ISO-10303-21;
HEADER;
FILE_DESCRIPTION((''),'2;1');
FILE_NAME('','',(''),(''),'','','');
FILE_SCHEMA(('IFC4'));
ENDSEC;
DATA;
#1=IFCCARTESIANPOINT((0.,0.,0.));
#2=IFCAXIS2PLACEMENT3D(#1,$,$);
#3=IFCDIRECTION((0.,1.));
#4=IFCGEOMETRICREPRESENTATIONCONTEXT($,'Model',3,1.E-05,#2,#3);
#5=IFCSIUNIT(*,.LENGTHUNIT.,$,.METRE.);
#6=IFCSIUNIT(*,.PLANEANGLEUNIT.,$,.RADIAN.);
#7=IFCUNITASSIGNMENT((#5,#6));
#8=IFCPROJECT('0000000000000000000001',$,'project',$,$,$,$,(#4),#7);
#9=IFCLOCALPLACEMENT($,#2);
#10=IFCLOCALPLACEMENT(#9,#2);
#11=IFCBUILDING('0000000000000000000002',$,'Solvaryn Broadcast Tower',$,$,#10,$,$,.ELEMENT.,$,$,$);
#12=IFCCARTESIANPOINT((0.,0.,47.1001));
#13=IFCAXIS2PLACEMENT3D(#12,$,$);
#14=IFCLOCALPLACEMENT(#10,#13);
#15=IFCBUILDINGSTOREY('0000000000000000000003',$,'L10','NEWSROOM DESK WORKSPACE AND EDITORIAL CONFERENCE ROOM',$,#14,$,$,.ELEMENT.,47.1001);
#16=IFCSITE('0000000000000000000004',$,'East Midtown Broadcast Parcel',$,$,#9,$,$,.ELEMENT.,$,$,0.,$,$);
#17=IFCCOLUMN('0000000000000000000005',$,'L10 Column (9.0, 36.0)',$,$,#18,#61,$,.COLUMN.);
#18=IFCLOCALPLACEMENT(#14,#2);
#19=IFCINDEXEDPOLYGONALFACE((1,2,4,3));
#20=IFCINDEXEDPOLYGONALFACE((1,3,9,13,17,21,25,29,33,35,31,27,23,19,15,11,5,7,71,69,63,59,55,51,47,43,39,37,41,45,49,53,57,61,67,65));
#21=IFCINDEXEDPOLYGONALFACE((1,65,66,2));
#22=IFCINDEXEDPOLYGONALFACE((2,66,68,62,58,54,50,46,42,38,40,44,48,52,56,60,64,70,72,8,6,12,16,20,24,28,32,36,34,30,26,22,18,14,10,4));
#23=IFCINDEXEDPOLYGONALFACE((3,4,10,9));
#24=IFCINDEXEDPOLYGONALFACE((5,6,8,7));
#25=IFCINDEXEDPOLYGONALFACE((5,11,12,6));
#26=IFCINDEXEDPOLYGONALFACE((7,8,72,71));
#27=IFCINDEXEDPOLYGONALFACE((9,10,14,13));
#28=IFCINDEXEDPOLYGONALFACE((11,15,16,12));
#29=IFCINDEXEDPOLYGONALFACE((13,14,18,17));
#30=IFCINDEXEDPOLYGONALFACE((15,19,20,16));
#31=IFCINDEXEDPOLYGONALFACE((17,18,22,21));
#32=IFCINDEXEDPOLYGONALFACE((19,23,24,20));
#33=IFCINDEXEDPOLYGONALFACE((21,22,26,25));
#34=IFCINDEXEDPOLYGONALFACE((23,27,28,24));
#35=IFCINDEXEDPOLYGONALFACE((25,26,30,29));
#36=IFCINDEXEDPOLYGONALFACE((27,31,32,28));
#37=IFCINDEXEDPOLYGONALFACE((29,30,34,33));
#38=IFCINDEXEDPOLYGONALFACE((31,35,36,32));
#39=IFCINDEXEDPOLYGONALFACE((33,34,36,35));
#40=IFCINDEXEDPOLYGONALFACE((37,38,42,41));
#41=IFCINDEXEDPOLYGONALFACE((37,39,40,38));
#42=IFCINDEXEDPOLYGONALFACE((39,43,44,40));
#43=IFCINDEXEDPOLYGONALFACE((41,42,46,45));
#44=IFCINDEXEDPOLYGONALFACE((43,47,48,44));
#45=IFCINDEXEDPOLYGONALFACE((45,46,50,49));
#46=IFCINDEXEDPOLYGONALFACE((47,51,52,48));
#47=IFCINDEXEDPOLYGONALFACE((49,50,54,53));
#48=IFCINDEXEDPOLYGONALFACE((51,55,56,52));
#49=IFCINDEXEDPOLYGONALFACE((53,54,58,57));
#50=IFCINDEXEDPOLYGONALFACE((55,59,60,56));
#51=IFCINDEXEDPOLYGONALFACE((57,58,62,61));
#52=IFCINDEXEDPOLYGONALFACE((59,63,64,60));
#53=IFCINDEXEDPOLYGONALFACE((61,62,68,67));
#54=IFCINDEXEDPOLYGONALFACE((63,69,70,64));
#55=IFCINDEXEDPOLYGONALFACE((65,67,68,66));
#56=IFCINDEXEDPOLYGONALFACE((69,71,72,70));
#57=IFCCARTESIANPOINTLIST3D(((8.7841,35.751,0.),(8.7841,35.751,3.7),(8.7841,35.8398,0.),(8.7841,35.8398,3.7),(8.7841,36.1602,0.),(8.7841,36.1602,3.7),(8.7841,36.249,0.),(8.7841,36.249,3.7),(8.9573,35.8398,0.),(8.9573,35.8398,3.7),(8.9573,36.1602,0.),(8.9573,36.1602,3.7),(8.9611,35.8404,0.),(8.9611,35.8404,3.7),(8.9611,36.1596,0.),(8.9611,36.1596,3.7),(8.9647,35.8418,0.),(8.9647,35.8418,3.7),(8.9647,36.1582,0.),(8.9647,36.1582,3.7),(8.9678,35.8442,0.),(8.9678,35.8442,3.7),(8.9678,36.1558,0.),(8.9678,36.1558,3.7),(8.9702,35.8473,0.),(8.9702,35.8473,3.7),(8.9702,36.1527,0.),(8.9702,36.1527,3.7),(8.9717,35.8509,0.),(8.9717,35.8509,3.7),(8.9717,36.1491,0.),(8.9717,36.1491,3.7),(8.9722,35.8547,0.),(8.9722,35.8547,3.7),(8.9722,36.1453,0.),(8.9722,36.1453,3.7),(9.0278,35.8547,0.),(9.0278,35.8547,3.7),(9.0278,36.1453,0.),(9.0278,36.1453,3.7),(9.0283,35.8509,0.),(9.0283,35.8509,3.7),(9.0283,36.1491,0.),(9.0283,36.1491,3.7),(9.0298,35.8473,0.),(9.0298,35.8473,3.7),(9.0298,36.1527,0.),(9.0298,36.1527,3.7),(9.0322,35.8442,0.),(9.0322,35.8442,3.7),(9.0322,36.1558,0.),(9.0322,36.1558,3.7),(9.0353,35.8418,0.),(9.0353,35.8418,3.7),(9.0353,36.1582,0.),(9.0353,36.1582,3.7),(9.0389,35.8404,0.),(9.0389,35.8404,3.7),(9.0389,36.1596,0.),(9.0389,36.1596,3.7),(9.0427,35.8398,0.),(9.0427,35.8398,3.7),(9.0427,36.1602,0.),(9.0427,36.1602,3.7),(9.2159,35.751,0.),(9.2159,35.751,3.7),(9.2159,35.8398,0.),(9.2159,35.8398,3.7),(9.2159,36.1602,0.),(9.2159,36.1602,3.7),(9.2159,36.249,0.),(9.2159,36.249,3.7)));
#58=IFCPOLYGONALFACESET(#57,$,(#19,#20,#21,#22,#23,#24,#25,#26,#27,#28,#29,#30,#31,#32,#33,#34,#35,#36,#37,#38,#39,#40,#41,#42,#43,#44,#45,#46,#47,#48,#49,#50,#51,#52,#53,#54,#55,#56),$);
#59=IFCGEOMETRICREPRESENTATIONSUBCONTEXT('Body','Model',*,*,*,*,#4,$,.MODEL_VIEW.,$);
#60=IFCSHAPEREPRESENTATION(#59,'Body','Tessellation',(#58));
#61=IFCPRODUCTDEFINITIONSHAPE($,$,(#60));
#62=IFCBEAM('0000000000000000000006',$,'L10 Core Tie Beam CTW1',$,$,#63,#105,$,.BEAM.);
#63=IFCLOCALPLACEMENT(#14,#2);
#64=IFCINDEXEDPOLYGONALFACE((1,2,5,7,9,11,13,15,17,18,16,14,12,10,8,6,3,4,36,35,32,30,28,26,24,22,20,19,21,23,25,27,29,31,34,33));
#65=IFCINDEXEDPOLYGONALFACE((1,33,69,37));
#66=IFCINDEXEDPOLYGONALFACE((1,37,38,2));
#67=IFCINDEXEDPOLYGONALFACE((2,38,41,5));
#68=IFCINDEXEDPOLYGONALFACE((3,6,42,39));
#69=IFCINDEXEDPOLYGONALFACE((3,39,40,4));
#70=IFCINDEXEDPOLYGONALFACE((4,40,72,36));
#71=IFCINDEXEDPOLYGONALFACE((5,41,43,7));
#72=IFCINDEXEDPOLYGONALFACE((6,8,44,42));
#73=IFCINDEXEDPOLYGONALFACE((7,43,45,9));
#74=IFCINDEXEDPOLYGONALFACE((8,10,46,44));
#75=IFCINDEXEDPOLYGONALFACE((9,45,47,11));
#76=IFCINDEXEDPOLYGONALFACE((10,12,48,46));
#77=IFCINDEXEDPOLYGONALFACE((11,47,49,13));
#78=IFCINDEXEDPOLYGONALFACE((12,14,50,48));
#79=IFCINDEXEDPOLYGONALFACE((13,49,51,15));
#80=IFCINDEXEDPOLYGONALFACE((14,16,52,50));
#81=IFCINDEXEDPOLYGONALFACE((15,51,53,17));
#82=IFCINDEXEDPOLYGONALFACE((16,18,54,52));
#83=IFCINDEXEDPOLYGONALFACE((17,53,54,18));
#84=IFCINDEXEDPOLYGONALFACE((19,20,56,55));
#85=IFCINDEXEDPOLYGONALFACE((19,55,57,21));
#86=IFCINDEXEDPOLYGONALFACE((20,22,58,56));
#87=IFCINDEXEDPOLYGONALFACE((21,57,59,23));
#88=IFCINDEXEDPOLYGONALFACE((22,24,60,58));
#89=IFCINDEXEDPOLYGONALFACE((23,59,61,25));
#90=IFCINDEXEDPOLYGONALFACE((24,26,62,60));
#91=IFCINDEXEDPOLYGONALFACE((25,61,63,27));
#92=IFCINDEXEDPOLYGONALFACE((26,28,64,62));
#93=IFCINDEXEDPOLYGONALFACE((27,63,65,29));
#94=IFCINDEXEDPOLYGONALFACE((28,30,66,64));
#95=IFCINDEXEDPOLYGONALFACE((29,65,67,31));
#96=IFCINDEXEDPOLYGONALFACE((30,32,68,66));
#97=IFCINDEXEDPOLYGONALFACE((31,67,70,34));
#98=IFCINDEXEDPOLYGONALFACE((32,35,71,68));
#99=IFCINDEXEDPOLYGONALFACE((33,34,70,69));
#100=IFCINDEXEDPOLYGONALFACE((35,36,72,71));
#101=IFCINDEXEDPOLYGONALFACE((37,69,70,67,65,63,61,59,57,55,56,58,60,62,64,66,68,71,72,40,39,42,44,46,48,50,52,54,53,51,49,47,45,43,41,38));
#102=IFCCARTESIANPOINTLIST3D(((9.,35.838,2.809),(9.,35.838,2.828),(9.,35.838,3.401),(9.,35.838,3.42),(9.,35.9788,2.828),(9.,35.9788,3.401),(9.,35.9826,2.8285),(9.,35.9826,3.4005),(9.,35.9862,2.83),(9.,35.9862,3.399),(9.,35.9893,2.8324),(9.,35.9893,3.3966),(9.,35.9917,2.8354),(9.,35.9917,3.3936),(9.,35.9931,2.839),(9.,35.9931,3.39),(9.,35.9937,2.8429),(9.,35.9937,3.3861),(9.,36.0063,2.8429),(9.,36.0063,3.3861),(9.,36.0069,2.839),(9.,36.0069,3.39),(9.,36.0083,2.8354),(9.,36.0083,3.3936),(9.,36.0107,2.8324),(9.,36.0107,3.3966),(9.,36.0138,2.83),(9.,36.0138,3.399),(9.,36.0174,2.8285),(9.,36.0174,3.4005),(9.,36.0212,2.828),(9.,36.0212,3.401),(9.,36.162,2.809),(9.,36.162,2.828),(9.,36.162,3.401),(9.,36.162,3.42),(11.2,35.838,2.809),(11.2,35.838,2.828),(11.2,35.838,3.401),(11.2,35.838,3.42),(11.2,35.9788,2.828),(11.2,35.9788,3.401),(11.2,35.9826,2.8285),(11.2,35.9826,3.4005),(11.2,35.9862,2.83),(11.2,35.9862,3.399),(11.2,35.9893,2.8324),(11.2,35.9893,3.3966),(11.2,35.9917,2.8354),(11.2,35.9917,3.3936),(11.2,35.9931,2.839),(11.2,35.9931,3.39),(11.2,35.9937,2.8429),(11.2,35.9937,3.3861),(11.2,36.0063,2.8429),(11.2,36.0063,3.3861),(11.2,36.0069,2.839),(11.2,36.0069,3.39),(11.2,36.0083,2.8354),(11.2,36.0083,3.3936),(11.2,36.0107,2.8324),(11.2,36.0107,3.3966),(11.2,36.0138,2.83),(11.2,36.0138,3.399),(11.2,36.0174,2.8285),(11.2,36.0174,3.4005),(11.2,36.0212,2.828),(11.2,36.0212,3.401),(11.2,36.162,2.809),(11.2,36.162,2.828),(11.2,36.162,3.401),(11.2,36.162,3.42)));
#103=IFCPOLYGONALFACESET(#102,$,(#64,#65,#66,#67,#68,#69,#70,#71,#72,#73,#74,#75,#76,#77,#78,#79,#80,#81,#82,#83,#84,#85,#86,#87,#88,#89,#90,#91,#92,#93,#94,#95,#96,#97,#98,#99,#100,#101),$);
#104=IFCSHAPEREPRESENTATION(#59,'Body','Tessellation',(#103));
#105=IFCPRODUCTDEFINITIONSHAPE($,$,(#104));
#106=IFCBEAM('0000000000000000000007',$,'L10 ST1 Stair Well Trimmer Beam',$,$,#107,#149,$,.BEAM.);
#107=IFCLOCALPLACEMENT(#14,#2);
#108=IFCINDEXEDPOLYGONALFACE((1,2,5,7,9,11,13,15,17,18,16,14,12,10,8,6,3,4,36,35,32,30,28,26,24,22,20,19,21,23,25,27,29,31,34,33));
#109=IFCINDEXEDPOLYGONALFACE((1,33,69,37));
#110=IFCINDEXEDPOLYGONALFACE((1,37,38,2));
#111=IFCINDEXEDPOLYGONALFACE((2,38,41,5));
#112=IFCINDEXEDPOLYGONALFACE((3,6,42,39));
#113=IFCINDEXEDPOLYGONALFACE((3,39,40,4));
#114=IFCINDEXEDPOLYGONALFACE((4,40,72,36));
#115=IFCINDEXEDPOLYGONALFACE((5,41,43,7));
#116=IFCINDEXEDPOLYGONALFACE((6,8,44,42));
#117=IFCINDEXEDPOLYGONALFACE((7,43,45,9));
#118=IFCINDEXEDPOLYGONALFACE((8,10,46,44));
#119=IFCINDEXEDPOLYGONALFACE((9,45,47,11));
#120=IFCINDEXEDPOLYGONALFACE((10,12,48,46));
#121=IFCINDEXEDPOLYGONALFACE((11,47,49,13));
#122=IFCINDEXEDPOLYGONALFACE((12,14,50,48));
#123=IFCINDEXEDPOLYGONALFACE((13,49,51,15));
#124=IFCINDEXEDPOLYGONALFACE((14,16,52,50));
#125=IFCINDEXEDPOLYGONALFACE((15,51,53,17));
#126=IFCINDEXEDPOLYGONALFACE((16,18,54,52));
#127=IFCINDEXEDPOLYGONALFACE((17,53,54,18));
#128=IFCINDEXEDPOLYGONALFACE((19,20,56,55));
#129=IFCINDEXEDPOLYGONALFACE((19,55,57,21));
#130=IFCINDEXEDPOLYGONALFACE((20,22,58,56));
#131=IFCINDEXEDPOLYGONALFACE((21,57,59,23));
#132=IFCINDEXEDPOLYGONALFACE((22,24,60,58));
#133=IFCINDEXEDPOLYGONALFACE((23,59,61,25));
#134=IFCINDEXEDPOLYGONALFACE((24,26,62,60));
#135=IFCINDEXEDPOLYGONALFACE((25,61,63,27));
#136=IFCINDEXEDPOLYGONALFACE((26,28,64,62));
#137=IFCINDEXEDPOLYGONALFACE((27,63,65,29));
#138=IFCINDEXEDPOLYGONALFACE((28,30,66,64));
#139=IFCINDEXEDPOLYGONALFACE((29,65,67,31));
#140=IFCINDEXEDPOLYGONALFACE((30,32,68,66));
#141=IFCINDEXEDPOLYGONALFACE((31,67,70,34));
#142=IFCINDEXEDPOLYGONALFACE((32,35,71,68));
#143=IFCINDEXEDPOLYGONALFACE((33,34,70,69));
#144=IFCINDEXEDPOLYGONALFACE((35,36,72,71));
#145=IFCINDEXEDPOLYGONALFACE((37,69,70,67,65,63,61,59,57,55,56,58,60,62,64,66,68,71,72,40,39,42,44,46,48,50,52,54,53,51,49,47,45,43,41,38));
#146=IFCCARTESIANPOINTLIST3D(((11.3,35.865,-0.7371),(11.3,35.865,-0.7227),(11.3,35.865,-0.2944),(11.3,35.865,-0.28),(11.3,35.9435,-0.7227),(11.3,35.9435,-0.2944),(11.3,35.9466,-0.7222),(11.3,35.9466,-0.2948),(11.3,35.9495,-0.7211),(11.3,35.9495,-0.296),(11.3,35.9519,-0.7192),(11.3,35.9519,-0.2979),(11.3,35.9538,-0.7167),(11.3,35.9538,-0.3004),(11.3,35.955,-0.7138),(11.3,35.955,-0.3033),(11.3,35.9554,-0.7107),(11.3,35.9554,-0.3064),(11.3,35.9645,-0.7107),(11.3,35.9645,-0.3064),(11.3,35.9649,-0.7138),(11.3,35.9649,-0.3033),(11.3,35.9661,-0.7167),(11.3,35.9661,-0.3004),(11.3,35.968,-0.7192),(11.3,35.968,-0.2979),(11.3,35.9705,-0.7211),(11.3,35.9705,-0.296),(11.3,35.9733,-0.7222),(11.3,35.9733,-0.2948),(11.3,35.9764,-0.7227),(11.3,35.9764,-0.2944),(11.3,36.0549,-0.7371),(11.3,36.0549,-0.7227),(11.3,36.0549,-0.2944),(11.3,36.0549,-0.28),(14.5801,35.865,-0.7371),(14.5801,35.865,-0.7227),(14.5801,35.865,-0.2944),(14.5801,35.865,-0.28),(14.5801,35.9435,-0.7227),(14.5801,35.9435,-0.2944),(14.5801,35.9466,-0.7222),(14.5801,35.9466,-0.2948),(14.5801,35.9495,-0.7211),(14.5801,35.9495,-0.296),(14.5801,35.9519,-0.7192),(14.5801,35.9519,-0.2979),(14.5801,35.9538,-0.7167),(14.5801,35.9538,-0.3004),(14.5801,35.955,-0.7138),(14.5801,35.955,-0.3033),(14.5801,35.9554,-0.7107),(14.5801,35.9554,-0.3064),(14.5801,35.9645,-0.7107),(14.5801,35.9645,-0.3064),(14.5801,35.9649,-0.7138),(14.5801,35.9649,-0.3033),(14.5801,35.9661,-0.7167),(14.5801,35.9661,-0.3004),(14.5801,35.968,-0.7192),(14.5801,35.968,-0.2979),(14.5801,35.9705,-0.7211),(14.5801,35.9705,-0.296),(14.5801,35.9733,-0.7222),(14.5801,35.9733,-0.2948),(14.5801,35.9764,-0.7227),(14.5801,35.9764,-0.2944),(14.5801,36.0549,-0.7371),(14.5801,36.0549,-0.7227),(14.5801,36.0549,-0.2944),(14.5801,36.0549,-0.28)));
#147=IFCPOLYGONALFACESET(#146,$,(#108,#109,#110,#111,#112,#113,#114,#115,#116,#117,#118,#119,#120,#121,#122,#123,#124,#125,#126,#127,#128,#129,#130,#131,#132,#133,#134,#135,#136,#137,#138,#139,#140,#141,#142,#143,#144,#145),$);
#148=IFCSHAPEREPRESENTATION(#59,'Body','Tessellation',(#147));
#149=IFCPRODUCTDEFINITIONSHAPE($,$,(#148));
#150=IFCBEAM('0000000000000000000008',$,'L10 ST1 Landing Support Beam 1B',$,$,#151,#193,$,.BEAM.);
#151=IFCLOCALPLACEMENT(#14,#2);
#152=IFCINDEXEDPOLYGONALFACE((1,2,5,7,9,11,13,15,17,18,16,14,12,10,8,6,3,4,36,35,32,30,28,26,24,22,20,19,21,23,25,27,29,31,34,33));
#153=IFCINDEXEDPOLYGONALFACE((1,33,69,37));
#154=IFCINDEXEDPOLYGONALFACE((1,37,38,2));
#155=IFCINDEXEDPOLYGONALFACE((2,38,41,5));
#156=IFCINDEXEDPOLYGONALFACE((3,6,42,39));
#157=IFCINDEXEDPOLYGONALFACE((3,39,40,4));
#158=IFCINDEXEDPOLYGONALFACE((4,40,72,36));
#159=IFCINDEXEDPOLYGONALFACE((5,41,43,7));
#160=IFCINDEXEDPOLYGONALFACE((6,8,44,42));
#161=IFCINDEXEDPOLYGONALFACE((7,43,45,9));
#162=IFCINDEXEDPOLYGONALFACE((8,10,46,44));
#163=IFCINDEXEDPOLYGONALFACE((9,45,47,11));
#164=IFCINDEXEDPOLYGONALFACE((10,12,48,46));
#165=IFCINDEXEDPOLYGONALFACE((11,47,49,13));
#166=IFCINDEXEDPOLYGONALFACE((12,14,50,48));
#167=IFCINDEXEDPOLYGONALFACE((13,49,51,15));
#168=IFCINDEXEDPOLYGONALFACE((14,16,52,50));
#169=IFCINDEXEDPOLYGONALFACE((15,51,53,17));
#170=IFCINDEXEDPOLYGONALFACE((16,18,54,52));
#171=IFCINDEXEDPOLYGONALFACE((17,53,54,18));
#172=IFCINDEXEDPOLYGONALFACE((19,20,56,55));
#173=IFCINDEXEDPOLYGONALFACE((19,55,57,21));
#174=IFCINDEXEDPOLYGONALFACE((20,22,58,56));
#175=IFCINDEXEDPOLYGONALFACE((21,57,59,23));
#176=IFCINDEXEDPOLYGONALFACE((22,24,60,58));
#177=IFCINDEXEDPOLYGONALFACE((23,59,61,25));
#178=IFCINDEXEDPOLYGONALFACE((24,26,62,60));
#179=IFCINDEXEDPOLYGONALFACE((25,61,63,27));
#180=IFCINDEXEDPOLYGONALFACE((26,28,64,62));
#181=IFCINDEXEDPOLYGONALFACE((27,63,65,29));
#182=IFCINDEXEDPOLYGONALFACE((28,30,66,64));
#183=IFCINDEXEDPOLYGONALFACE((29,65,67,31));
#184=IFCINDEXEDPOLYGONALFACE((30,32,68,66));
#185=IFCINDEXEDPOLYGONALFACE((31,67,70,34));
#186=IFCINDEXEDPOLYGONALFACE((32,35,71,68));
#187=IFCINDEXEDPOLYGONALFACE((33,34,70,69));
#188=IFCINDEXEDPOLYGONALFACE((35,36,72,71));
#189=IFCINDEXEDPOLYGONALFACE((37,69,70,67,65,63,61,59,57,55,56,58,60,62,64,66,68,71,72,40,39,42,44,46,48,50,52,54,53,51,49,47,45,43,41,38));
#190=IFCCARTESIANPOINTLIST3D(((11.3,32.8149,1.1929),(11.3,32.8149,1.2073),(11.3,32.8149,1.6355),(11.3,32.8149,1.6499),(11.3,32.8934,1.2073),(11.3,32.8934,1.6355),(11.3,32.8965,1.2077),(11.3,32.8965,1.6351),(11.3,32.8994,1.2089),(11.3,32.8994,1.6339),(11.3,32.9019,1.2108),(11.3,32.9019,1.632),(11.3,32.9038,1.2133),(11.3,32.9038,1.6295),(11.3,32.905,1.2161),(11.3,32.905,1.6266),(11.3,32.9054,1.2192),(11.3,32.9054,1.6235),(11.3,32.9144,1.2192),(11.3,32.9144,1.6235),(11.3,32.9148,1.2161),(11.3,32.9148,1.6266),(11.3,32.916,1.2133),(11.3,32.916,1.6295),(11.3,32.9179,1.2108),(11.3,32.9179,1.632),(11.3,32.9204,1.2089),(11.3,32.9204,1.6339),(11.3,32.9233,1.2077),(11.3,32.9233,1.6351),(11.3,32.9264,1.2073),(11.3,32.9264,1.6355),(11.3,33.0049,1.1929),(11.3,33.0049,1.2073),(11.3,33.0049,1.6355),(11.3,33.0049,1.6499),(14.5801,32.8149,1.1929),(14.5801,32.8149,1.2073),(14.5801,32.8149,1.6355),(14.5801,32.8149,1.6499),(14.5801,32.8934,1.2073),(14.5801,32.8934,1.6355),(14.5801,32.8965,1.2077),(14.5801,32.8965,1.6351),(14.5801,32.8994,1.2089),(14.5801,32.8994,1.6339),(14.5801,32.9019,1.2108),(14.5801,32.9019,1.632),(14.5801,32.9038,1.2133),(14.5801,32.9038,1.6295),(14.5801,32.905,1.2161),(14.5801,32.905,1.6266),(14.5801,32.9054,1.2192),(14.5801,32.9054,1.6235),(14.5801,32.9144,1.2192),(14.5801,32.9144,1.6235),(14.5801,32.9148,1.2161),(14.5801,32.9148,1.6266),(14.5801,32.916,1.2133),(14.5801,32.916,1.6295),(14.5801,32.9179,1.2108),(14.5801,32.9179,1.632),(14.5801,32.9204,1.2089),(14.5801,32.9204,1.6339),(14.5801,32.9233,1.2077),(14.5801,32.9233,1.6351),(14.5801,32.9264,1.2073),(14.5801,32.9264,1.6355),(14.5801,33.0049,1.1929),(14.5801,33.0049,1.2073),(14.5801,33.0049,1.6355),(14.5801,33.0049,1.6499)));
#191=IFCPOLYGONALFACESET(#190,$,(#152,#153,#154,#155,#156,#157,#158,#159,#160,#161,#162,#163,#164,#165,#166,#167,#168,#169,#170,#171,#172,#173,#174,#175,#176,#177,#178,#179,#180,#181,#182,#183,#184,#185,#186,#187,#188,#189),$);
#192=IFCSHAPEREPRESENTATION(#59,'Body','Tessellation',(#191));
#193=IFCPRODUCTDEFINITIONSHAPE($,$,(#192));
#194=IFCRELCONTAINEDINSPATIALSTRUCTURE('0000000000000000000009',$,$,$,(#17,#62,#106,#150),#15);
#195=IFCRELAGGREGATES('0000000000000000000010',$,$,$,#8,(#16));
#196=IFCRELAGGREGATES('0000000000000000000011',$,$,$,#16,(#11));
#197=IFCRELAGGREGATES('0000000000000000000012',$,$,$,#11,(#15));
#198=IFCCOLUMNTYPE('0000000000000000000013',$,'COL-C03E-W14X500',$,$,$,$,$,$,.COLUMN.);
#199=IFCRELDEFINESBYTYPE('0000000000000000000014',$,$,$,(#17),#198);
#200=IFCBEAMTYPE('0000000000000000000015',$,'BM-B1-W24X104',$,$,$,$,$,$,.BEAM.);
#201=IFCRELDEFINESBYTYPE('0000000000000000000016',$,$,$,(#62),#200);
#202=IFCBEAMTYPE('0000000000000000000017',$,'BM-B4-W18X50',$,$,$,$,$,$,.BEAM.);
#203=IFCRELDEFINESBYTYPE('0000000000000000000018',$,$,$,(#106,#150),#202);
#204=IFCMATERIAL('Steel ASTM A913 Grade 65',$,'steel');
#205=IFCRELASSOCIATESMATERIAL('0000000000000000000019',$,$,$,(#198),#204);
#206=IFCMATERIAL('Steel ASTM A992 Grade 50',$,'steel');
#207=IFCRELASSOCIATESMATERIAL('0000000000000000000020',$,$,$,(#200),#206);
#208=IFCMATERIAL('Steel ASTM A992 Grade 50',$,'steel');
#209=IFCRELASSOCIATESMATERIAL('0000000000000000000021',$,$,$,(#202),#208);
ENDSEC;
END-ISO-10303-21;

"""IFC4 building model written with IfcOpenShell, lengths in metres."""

from ifc_helpers import new_model, si_unit, direction, frame, origin, origin_2d, place, context, subcontext, project, spatial, i_section, extrude, material, material_profile, profile_set, type_object, element, save


model = new_model("IFC4")

# Units and contexts
model_context = context("Model", 3, precision=1e-05, world=origin(), true_north=direction((0.0, 1.0)))
body_context = subcontext(model_context, "Body", "Model", "MODEL_VIEW")
ifc_project = project(units=[si_unit("LENGTHUNIT", "METRE"), si_unit("PLANEANGLEUNIT", "RADIAN")], contexts=[model_context])

# Site, building, storey
site_placement = place(None, origin())
site = spatial("IfcSite", under=ifc_project, at=site_placement, Name="East Midtown Broadcast Parcel", CompositionType="ELEMENT", RefElevation=0.0)
building_placement = place(site_placement, origin())
building = spatial("IfcBuilding", under=site, at=building_placement, Name="Solvaryn Broadcast Tower", CompositionType="ELEMENT")
storey_placement = place(building_placement, frame((0.0, 0.0, 47.1001)))
storey = spatial("IfcBuildingStorey", under=building, at=storey_placement, Name="L10", Description="NEWSROOM DESK WORKSPACE AND EDITORIAL CONFERENCE ROOM", CompositionType="ELEMENT", Elevation=47.1001)

# Column
ifc_material_1 = material(Name="Steel ASTM A913 Grade 65", Category="steel")
ifc_material_profile_1 = material_profile(ifc_material_1, i_section(OverallWidth=0.4319, OverallDepth=0.498, WebThickness=0.0557, FlangeThickness=0.0889, FilletRadius=0.0149, at=origin_2d()))
ifc_profile_set_1 = profile_set([ifc_material_profile_1], Name="Steel ASTM A913 Grade 65")
column_type = type_object("IfcColumnType", Name="COL-C03E-W14X500", PredefinedType="COLUMN", material=ifc_profile_set_1)
column_placement = place(storey_placement, frame((9.0, 36.0, 0.0), z_axis=(0.0, 0.0, 1.0), x_axis=(1.0, 0.0, 0.0)))
element("IfcColumn", 1, at=column_placement, inside=storey, type_object=column_type, Name="L10 Column (9.0, 36.0)", PredefinedType="COLUMN", context=body_context, shape_type="SweptSolid", body=[
    extrude(i_section(OverallWidth=0.4319, OverallDepth=0.498, WebThickness=0.0557, FlangeThickness=0.0889, FilletRadius=0.0149, at=origin_2d()), origin(), (0.0, 0.0, 1.0), 3.7),
])

# Beams
ifc_material_2 = material(Name="Steel ASTM A992 Grade 50", Category="steel")
ifc_material_profile_2 = material_profile(ifc_material_2, i_section(OverallWidth=0.324, OverallDepth=0.6111, WebThickness=0.0127, FlangeThickness=0.019, FilletRadius=0.0149, at=origin_2d()))
ifc_profile_set_2 = profile_set([ifc_material_profile_2], Name="Steel ASTM A992 Grade 50")
beam_type_1 = type_object("IfcBeamType", Name="BM-B1-W24X104", PredefinedType="BEAM", material=ifc_profile_set_2)
beam_1_placement = place(storey_placement, frame((9.0, 36.0, 3.1145), z_axis=(1.0, 0.0, 0.0), x_axis=(0.0, 1.0, 0.0)))
element("IfcBeam", 2, at=beam_1_placement, inside=storey, type_object=beam_type_1, Name="L10 Core Tie Beam CTW1", PredefinedType="BEAM", context=body_context, shape_type="SweptSolid", body=[
    extrude(i_section(OverallWidth=0.324, OverallDepth=0.6111, WebThickness=0.0127, FlangeThickness=0.019, FilletRadius=0.0149, at=origin_2d()), origin(), (0.0, 0.0, 1.0), 2.2),
])
ifc_material_3 = material(Name="Steel ASTM A992 Grade 50", Category="steel")
ifc_material_profile_3 = material_profile(ifc_material_3, i_section(OverallWidth=0.1899, OverallDepth=0.457, WebThickness=0.009, FlangeThickness=0.0144, FilletRadius=0.012, at=origin_2d()))
ifc_profile_set_3 = profile_set([ifc_material_profile_3], Name="Steel ASTM A992 Grade 50")
beam_type_2 = type_object("IfcBeamType", Name="BM-B4-W18X50", PredefinedType="BEAM", material=ifc_profile_set_3)
for number, where, z_axis, x_axis, name in (
    (3, (11.3, 35.96, -0.5085), (1.0, 0.0, 0.0), (0.0, 1.0, 0.0), "L10 ST1 Stair Well Trimmer Beam"),
    (4, (11.3, 32.9099, 1.4214), (1.0, 0.0, 0.0), (0.0, 1.0, 0.0), "L10 ST1 Landing Support Beam 1B"),
):
    element("IfcBeam", number, at=place(storey_placement, frame(where, z_axis=z_axis, x_axis=x_axis)), inside=storey, type_object=beam_type_2, Name=name, PredefinedType="BEAM", context=body_context, shape_type="SweptSolid", body=[
        extrude(i_section(OverallWidth=0.1899, OverallDepth=0.457, WebThickness=0.009, FlangeThickness=0.0144, FilletRadius=0.012, at=origin_2d()), origin(), (0.0, 0.0, 1.0), 3.28),
    ])

save(model, "model.ifc")
